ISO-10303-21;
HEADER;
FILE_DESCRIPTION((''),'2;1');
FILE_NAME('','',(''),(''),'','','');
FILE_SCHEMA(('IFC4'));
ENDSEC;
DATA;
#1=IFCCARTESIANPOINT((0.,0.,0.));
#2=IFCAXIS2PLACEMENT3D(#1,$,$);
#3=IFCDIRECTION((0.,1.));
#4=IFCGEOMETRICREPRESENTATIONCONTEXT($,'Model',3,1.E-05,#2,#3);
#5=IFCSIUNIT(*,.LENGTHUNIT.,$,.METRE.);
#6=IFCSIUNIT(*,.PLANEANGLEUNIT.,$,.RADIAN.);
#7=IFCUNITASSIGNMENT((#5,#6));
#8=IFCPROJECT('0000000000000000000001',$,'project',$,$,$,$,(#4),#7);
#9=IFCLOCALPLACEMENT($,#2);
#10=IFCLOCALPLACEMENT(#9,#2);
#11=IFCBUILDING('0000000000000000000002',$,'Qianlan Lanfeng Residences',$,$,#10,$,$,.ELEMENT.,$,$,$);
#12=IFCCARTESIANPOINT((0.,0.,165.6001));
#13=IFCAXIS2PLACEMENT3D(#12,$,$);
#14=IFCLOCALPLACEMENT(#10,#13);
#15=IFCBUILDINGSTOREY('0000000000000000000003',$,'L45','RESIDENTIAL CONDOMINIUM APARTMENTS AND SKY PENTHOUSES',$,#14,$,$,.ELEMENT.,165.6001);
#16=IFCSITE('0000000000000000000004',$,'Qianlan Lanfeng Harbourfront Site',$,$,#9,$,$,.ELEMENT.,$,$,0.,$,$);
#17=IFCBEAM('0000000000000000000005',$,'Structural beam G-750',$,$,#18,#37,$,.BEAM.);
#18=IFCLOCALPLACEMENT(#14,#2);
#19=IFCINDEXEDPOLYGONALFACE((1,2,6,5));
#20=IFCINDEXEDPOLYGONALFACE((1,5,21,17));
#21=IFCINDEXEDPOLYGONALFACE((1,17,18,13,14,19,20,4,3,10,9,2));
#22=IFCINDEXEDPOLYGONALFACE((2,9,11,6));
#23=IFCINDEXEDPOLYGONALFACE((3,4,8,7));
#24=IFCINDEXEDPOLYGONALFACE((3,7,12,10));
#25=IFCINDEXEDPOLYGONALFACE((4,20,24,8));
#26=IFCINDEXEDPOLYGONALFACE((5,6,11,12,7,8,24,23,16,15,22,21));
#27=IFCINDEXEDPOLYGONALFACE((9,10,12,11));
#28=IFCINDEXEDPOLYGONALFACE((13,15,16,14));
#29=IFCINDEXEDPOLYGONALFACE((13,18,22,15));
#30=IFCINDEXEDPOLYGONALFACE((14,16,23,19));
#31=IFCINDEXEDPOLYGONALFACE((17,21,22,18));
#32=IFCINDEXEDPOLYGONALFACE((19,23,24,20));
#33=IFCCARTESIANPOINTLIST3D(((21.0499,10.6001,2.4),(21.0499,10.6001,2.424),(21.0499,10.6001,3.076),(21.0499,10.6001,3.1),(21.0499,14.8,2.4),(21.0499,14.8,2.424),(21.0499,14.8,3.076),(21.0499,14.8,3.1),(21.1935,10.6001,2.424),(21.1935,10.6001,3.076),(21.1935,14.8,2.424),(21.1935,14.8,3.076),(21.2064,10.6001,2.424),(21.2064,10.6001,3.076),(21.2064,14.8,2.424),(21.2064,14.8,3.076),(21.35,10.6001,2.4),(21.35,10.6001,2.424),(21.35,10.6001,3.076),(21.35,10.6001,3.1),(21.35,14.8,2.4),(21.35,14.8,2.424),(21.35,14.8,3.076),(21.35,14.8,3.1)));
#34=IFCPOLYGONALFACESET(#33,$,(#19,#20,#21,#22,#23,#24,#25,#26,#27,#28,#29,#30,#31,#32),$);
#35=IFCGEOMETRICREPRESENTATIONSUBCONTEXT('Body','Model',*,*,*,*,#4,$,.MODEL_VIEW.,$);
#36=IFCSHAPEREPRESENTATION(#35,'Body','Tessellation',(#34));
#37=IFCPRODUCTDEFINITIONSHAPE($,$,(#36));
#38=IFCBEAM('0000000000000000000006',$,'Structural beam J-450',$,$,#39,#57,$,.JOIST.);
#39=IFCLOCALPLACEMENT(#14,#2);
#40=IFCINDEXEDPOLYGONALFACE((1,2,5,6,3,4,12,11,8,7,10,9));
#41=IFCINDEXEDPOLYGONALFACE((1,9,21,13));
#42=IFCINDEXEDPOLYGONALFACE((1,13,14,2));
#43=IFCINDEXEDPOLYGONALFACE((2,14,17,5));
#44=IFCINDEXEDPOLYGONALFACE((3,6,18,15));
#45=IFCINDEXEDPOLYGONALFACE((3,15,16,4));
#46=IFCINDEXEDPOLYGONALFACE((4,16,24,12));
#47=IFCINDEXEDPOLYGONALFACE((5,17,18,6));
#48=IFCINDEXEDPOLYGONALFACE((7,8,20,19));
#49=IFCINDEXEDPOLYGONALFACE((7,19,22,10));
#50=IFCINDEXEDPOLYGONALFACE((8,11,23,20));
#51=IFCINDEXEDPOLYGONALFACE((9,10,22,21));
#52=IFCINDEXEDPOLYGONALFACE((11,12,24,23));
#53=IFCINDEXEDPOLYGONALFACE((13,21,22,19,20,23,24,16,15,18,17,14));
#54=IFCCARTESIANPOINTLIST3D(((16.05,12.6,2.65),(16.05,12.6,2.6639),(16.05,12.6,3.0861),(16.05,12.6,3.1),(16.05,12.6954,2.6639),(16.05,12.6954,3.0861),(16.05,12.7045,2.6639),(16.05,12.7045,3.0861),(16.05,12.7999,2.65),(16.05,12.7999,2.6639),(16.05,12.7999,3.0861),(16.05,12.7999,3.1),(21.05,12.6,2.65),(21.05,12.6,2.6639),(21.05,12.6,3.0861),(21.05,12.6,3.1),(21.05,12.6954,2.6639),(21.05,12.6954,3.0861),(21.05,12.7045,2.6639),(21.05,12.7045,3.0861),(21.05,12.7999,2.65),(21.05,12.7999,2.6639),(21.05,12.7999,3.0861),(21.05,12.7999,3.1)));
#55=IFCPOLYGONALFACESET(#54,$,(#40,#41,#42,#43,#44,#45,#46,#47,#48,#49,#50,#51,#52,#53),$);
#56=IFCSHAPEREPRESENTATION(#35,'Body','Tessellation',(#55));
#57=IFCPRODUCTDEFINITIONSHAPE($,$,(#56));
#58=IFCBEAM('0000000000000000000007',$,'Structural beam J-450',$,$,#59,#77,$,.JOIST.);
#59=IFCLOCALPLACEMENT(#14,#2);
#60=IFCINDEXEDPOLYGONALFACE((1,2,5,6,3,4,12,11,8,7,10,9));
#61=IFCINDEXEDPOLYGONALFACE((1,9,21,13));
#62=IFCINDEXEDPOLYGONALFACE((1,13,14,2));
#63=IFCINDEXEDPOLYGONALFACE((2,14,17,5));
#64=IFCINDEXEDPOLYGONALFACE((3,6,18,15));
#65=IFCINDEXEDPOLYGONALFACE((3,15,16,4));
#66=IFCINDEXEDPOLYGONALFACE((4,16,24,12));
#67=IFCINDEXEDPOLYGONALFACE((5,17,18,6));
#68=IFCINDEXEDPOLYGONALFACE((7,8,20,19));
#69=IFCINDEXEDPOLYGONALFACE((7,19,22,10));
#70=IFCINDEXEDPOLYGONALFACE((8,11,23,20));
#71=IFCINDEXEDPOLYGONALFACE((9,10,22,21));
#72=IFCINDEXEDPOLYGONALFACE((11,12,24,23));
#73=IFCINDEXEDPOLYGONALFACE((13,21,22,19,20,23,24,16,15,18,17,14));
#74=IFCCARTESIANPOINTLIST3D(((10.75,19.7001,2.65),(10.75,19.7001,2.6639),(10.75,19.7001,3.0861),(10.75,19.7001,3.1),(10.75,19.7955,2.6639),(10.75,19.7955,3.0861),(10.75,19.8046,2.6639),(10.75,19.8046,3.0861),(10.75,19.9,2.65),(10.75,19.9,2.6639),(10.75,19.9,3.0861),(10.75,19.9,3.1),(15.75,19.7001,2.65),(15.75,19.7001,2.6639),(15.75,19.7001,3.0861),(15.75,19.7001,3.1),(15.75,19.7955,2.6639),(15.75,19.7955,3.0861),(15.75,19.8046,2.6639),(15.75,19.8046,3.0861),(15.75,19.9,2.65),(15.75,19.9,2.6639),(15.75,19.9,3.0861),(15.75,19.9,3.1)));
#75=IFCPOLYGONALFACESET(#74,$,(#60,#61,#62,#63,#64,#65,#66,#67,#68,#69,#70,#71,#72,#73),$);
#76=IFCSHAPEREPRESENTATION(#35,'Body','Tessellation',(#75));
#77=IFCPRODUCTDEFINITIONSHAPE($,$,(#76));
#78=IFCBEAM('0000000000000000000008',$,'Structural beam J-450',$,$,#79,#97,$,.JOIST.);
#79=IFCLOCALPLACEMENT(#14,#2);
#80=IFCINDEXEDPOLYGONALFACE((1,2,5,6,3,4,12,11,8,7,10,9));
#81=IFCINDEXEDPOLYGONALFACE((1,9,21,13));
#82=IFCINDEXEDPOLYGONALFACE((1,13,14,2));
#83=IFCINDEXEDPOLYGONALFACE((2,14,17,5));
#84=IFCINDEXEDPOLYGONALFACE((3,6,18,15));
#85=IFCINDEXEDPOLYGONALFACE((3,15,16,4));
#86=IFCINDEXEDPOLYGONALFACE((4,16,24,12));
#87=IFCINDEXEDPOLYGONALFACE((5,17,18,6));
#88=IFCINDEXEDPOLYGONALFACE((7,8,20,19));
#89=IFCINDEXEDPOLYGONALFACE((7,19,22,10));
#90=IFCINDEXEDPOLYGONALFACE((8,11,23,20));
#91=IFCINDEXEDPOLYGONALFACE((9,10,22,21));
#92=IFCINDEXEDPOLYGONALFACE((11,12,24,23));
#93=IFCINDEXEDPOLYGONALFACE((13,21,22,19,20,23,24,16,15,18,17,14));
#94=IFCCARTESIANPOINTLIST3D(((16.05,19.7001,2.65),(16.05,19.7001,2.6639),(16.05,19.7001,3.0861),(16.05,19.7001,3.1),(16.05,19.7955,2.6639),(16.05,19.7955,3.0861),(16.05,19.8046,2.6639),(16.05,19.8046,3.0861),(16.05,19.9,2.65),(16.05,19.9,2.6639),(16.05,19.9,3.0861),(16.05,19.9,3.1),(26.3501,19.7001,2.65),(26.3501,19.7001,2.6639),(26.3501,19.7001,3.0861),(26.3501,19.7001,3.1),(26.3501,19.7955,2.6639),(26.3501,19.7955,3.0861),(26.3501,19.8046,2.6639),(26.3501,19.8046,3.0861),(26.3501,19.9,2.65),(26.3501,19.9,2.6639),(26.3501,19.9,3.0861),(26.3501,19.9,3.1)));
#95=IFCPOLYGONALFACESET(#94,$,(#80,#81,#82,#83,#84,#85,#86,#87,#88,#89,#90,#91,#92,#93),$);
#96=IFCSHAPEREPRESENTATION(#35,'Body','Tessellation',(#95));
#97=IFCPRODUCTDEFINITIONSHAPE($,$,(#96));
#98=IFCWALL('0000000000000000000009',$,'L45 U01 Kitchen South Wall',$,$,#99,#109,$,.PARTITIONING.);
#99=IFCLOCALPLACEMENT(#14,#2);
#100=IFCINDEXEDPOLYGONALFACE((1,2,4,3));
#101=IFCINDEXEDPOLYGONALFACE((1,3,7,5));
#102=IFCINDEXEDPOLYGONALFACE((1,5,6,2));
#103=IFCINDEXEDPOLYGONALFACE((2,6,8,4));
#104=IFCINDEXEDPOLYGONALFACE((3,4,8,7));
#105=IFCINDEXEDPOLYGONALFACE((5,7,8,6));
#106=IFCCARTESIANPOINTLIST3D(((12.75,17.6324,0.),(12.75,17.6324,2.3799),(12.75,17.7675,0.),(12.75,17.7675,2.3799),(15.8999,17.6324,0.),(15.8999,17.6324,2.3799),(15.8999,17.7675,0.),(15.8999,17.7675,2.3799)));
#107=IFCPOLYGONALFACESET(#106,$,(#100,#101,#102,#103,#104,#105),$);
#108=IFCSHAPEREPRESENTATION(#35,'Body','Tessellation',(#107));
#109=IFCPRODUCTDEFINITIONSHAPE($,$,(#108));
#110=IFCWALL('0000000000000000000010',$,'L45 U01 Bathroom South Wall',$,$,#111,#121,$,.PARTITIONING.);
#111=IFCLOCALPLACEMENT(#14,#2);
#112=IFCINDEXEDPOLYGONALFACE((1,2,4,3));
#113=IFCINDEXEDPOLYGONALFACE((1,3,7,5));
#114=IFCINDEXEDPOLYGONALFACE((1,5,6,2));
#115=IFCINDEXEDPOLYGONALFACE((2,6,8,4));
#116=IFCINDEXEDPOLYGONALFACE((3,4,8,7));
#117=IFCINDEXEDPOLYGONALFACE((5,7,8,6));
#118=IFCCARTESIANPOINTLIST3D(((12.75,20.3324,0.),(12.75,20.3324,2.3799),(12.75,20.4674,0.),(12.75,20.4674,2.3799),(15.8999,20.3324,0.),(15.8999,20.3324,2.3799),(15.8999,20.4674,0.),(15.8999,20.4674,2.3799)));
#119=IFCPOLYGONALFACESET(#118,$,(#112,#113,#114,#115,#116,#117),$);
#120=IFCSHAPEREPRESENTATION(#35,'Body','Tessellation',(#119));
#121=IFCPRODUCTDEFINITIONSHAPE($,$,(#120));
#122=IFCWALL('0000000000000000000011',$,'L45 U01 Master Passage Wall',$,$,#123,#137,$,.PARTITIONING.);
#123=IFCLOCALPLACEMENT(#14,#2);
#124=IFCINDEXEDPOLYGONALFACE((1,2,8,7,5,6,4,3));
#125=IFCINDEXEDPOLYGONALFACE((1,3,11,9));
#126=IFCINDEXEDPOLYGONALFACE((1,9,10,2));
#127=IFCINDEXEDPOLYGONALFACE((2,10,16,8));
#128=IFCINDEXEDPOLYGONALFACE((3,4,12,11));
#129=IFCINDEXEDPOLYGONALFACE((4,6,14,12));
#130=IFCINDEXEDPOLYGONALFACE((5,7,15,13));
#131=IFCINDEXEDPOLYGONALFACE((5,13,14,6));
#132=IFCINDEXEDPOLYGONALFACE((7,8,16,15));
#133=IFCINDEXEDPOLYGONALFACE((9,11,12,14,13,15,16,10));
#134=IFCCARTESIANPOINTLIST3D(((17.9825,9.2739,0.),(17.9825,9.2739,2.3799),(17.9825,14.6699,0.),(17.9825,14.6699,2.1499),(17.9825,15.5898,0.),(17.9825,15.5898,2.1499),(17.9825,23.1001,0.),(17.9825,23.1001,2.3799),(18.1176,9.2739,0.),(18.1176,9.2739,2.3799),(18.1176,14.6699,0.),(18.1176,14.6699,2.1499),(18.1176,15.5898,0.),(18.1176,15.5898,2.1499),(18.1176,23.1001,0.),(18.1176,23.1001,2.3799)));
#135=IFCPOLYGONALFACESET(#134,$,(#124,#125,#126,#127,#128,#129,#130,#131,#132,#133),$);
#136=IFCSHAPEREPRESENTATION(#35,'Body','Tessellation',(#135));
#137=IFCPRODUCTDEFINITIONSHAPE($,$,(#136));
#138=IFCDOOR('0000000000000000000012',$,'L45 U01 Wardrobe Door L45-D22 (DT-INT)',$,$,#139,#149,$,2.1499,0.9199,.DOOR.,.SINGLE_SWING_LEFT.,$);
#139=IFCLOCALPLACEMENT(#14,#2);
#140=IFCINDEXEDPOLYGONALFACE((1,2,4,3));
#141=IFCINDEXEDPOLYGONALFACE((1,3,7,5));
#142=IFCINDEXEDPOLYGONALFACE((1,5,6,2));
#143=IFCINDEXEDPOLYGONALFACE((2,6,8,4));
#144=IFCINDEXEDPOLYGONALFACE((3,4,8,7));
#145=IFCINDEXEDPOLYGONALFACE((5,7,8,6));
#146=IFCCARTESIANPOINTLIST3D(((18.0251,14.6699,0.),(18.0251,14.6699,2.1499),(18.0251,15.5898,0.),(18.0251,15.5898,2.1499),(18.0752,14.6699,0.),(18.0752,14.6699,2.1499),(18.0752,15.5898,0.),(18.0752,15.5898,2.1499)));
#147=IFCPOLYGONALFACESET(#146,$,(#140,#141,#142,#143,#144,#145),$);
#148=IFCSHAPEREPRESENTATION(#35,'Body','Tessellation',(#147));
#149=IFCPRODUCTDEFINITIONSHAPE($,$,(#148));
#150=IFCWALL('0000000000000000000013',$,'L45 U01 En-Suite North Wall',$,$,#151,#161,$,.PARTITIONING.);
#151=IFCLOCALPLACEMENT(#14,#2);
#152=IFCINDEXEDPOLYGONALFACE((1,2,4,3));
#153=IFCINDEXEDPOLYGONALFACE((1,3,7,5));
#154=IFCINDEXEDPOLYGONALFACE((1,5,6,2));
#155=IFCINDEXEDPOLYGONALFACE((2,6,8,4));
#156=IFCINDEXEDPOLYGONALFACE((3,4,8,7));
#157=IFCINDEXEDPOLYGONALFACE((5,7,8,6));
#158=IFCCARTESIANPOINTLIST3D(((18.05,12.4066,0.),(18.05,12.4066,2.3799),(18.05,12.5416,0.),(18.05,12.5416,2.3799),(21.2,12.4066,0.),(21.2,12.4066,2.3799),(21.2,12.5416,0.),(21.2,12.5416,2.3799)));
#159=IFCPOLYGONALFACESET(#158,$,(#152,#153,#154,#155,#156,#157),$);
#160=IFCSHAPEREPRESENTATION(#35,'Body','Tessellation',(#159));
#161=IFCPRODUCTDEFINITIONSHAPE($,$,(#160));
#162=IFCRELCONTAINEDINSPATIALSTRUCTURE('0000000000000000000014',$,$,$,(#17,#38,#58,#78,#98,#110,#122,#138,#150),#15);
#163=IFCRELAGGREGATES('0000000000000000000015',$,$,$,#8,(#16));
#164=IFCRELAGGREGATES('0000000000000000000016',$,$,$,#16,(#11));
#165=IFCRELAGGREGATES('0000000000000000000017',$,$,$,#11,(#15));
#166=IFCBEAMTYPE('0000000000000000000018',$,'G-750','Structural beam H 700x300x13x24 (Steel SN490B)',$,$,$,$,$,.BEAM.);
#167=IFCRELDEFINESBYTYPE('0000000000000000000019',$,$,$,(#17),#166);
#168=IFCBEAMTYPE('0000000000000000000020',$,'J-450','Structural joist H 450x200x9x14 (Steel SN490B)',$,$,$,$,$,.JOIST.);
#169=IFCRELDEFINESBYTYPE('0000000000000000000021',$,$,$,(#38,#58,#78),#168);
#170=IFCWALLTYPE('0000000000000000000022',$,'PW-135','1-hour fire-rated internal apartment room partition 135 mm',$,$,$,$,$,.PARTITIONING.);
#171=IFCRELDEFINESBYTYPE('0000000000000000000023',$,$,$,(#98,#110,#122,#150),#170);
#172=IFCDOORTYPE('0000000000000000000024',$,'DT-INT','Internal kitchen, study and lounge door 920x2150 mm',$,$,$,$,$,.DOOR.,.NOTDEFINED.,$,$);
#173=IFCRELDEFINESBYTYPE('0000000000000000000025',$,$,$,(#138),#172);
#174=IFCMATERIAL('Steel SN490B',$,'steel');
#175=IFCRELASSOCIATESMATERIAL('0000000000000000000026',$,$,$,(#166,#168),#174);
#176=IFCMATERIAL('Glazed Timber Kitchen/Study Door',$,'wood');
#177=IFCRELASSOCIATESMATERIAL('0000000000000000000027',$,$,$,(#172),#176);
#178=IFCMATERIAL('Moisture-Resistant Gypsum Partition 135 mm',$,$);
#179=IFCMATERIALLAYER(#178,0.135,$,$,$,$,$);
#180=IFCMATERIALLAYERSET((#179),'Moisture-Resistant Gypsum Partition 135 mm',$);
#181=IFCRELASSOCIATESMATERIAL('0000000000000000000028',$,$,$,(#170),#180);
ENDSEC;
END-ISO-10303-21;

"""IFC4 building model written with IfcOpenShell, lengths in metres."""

from ifc_helpers import new_model, si_unit, direction, frame, frame_2d, origin, origin_2d, place, context, subcontext, project, spatial, rectangle, i_section, extrude, material, layer, layer_set, material_profile, profile_set, type_object, element, fill, save


model = new_model("IFC4")

# Units and contexts
model_context = context("Model", 3, precision=1e-05, world=origin(), true_north=direction((0.0, 1.0)))
body_context = subcontext(model_context, "Body", "Model", "MODEL_VIEW")
ifc_project = project(units=[si_unit("LENGTHUNIT", "METRE"), si_unit("PLANEANGLEUNIT", "RADIAN")], contexts=[model_context])

# Site, building, storey
site_placement = place(None, origin())
site = spatial("IfcSite", under=ifc_project, at=site_placement, Name="Qianlan Lanfeng Harbourfront Site", CompositionType="ELEMENT", RefElevation=0.0)
building_placement = place(site_placement, origin())
building = spatial("IfcBuilding", under=site, at=building_placement, Name="Qianlan Lanfeng Residences", CompositionType="ELEMENT")
storey_placement = place(building_placement, frame((0.0, 0.0, 165.6001)))
storey = spatial("IfcBuildingStorey", under=building, at=storey_placement, Name="L45", Description="RESIDENTIAL CONDOMINIUM APARTMENTS AND SKY PENTHOUSES", CompositionType="ELEMENT", Elevation=165.6001)

# Shared definitions
ifc_material_1 = material(Name="Steel SN490B", Category="steel")

# Beams
ifc_material_profile_1 = material_profile(ifc_material_1, i_section(OverallWidth=0.3, OverallDepth=0.7, WebThickness=0.0129, FlangeThickness=0.0239, at=origin_2d()), Name="H 700x300x13x24")
ifc_profile_set_1 = profile_set([ifc_material_profile_1], Name="Steel SN490B")
beam_type_1 = type_object("IfcBeamType", Name="G-750", Description="Structural beam H 700x300x13x24 (Steel SN490B)", PredefinedType="BEAM", material=ifc_profile_set_1)
beam_1_placement = place(storey_placement, frame((21.2, 10.6001, 2.75), z_axis=(0.0, 1.0, 0.0), x_axis=(-1.0, 0.0, 0.0)))
element("IfcBeam", 1, at=beam_1_placement, inside=storey, type_object=beam_type_1, Name="Structural beam G-750", PredefinedType="BEAM", context=body_context, shape_type="SweptSolid", body=[
    extrude(i_section(OverallWidth=0.3, OverallDepth=0.7, WebThickness=0.0129, FlangeThickness=0.0239, at=origin_2d()), origin(), (0.0, 0.0, 1.0), 4.2),
])
ifc_material_profile_2 = material_profile(ifc_material_1, i_section(OverallWidth=0.2, OverallDepth=0.45, WebThickness=0.009, FlangeThickness=0.0139, at=origin_2d()), Name="H 450x200x9x14")
ifc_profile_set_2 = profile_set([ifc_material_profile_2], Name="Steel SN490B")
beam_type_2 = type_object("IfcBeamType", Name="J-450", Description="Structural joist H 450x200x9x14 (Steel SN490B)", PredefinedType="JOIST", material=ifc_profile_set_2)
for number, where, z_axis, x_axis, name in (
    (2, (16.05, 12.7, 2.875), (1.0, 0.0, 0.0), (0.0, 1.0, 0.0), "Structural beam J-450"),
    (3, (10.75, 19.8, 2.875), (1.0, 0.0, 0.0), (0.0, 1.0, 0.0), "Structural beam J-450"),
):
    element("IfcBeam", number, at=place(storey_placement, frame(where, z_axis=z_axis, x_axis=x_axis)), inside=storey, type_object=beam_type_2, Name=name, PredefinedType="JOIST", context=body_context, shape_type="SweptSolid", body=[
        extrude(i_section(OverallWidth=0.2, OverallDepth=0.45, WebThickness=0.009, FlangeThickness=0.0139, at=origin_2d()), origin(), (0.0, 0.0, 1.0), 5.0),
    ])
beam_2_placement = place(storey_placement, frame((16.05, 19.8, 2.875), z_axis=(1.0, 0.0, 0.0), x_axis=(0.0, 1.0, 0.0)))
element("IfcBeam", 4, at=beam_2_placement, inside=storey, type_object=beam_type_2, Name="Structural beam J-450", PredefinedType="JOIST", context=body_context, shape_type="SweptSolid", body=[
    extrude(i_section(OverallWidth=0.2, OverallDepth=0.45, WebThickness=0.009, FlangeThickness=0.0139, at=origin_2d()), origin(), (0.0, 0.0, 1.0), 10.3),
])

# Shared definitions
ifc_material_2 = material(Name="Glazed Timber Kitchen/Study Door", Category="wood")
door_type_1 = type_object("IfcDoorType", Name="DT-INT", Description="Internal kitchen, study and lounge door 920x2150 mm", OperationType="NOTDEFINED", PredefinedType="DOOR", material=ifc_material_2)

# Shared definitions
ifc_material_3 = material(Name="Moisture-Resistant Gypsum Partition 135 mm")
ifc_layer_1 = layer(ifc_material_3, 0.135)
ifc_layer_set_1 = layer_set([ifc_layer_1], Name="Moisture-Resistant Gypsum Partition 135 mm")
wall_type_1 = type_object("IfcWallType", Name="PW-135", Description="1-hour fire-rated internal apartment room partition 135 mm", PredefinedType="PARTITIONING", material=ifc_layer_set_1)

# Walls
for number, where, z_axis, x_axis, name in (
    (5, (12.75, 17.7, 0.0), (0.0, 0.0, 1.0), (1.0, 0.0, 0.0), "L45 U01 Kitchen South Wall"),
    (6, (12.75, 20.3999, 0.0), (0.0, 0.0, 1.0), (1.0, 0.0, 0.0), "L45 U01 Bathroom South Wall"),
):
    element("IfcWall", number, at=place(storey_placement, frame(where, z_axis=z_axis, x_axis=x_axis)), inside=storey, type_object=wall_type_1, Name=name, PredefinedType="PARTITIONING", context=body_context, shape_type="SweptSolid", body=[
        extrude(rectangle(XDim=3.1499, YDim=0.135, at=frame_2d((1.575, 0.0))), origin(), (0.0, 0.0, 1.0), 2.3799),
    ])

# Wall, opening, door
wall_1_placement = place(storey_placement, frame((18.05, 9.2739, 0.0), z_axis=(0.0, 0.0, 1.0), x_axis=(0.0, 1.0, 0.0)))
wall_1 = element("IfcWall", 7, at=wall_1_placement, inside=storey, type_object=wall_type_1, Name="L45 U01 Master Passage Wall", PredefinedType="PARTITIONING", context=body_context, shape_type="SweptSolid", body=[
    extrude(rectangle(XDim=13.8262, YDim=0.135, at=frame_2d((6.9131, 0.0))), origin(), (0.0, 0.0, 1.0), 2.3799),
])
opening_1_placement = place(wall_1_placement, frame((5.396, 0.0, 0.0)))
opening_1 = element("IfcOpeningElement", 8, at=opening_1_placement, cuts=wall_1, PredefinedType="OPENING", context=body_context, shape_type="SweptSolid", body=[
    extrude(rectangle(XDim=0.9199, YDim=2.1499, at=frame_2d((0.46, 1.075))), frame((0.0, 0.0776, 0.0), z_axis=(0.0, -1.0, 0.0), x_axis=(1.0, 0.0, 0.0)), (0.0, 0.0, 1.0), 0.155),
])
door_1_placement = place(opening_1_placement, origin())
door_1 = element("IfcDoor", 9, at=door_1_placement, inside=storey, type_object=door_type_1, Name="L45 U01 Wardrobe Door L45-D22 (DT-INT)", OperationType="SINGLE_SWING_LEFT", OverallHeight=2.1499, OverallWidth=0.9199, PredefinedType="DOOR", context=body_context, shape_type="SweptSolid", body=[
    extrude(rectangle(XDim=0.9199, YDim=2.1499, at=frame_2d((0.46, 1.075))), frame((0.0, 0.0249, 0.0), z_axis=(0.0, -1.0, 0.0), x_axis=(1.0, 0.0, 0.0)), (0.0, 0.0, 1.0), 0.05),
])
fill(opening_1, door_1)

# Wall
wall_2_placement = place(storey_placement, frame((18.05, 12.4741, 0.0), z_axis=(0.0, 0.0, 1.0), x_axis=(1.0, 0.0, 0.0)))
element("IfcWall", 10, at=wall_2_placement, inside=storey, type_object=wall_type_1, Name="L45 U01 En-Suite North Wall", PredefinedType="PARTITIONING", context=body_context, shape_type="SweptSolid", body=[
    extrude(rectangle(XDim=3.1499, YDim=0.135, at=frame_2d((1.575, 0.0))), origin(), (0.0, 0.0, 1.0), 2.3799),
])

save(model, "model.ifc")
